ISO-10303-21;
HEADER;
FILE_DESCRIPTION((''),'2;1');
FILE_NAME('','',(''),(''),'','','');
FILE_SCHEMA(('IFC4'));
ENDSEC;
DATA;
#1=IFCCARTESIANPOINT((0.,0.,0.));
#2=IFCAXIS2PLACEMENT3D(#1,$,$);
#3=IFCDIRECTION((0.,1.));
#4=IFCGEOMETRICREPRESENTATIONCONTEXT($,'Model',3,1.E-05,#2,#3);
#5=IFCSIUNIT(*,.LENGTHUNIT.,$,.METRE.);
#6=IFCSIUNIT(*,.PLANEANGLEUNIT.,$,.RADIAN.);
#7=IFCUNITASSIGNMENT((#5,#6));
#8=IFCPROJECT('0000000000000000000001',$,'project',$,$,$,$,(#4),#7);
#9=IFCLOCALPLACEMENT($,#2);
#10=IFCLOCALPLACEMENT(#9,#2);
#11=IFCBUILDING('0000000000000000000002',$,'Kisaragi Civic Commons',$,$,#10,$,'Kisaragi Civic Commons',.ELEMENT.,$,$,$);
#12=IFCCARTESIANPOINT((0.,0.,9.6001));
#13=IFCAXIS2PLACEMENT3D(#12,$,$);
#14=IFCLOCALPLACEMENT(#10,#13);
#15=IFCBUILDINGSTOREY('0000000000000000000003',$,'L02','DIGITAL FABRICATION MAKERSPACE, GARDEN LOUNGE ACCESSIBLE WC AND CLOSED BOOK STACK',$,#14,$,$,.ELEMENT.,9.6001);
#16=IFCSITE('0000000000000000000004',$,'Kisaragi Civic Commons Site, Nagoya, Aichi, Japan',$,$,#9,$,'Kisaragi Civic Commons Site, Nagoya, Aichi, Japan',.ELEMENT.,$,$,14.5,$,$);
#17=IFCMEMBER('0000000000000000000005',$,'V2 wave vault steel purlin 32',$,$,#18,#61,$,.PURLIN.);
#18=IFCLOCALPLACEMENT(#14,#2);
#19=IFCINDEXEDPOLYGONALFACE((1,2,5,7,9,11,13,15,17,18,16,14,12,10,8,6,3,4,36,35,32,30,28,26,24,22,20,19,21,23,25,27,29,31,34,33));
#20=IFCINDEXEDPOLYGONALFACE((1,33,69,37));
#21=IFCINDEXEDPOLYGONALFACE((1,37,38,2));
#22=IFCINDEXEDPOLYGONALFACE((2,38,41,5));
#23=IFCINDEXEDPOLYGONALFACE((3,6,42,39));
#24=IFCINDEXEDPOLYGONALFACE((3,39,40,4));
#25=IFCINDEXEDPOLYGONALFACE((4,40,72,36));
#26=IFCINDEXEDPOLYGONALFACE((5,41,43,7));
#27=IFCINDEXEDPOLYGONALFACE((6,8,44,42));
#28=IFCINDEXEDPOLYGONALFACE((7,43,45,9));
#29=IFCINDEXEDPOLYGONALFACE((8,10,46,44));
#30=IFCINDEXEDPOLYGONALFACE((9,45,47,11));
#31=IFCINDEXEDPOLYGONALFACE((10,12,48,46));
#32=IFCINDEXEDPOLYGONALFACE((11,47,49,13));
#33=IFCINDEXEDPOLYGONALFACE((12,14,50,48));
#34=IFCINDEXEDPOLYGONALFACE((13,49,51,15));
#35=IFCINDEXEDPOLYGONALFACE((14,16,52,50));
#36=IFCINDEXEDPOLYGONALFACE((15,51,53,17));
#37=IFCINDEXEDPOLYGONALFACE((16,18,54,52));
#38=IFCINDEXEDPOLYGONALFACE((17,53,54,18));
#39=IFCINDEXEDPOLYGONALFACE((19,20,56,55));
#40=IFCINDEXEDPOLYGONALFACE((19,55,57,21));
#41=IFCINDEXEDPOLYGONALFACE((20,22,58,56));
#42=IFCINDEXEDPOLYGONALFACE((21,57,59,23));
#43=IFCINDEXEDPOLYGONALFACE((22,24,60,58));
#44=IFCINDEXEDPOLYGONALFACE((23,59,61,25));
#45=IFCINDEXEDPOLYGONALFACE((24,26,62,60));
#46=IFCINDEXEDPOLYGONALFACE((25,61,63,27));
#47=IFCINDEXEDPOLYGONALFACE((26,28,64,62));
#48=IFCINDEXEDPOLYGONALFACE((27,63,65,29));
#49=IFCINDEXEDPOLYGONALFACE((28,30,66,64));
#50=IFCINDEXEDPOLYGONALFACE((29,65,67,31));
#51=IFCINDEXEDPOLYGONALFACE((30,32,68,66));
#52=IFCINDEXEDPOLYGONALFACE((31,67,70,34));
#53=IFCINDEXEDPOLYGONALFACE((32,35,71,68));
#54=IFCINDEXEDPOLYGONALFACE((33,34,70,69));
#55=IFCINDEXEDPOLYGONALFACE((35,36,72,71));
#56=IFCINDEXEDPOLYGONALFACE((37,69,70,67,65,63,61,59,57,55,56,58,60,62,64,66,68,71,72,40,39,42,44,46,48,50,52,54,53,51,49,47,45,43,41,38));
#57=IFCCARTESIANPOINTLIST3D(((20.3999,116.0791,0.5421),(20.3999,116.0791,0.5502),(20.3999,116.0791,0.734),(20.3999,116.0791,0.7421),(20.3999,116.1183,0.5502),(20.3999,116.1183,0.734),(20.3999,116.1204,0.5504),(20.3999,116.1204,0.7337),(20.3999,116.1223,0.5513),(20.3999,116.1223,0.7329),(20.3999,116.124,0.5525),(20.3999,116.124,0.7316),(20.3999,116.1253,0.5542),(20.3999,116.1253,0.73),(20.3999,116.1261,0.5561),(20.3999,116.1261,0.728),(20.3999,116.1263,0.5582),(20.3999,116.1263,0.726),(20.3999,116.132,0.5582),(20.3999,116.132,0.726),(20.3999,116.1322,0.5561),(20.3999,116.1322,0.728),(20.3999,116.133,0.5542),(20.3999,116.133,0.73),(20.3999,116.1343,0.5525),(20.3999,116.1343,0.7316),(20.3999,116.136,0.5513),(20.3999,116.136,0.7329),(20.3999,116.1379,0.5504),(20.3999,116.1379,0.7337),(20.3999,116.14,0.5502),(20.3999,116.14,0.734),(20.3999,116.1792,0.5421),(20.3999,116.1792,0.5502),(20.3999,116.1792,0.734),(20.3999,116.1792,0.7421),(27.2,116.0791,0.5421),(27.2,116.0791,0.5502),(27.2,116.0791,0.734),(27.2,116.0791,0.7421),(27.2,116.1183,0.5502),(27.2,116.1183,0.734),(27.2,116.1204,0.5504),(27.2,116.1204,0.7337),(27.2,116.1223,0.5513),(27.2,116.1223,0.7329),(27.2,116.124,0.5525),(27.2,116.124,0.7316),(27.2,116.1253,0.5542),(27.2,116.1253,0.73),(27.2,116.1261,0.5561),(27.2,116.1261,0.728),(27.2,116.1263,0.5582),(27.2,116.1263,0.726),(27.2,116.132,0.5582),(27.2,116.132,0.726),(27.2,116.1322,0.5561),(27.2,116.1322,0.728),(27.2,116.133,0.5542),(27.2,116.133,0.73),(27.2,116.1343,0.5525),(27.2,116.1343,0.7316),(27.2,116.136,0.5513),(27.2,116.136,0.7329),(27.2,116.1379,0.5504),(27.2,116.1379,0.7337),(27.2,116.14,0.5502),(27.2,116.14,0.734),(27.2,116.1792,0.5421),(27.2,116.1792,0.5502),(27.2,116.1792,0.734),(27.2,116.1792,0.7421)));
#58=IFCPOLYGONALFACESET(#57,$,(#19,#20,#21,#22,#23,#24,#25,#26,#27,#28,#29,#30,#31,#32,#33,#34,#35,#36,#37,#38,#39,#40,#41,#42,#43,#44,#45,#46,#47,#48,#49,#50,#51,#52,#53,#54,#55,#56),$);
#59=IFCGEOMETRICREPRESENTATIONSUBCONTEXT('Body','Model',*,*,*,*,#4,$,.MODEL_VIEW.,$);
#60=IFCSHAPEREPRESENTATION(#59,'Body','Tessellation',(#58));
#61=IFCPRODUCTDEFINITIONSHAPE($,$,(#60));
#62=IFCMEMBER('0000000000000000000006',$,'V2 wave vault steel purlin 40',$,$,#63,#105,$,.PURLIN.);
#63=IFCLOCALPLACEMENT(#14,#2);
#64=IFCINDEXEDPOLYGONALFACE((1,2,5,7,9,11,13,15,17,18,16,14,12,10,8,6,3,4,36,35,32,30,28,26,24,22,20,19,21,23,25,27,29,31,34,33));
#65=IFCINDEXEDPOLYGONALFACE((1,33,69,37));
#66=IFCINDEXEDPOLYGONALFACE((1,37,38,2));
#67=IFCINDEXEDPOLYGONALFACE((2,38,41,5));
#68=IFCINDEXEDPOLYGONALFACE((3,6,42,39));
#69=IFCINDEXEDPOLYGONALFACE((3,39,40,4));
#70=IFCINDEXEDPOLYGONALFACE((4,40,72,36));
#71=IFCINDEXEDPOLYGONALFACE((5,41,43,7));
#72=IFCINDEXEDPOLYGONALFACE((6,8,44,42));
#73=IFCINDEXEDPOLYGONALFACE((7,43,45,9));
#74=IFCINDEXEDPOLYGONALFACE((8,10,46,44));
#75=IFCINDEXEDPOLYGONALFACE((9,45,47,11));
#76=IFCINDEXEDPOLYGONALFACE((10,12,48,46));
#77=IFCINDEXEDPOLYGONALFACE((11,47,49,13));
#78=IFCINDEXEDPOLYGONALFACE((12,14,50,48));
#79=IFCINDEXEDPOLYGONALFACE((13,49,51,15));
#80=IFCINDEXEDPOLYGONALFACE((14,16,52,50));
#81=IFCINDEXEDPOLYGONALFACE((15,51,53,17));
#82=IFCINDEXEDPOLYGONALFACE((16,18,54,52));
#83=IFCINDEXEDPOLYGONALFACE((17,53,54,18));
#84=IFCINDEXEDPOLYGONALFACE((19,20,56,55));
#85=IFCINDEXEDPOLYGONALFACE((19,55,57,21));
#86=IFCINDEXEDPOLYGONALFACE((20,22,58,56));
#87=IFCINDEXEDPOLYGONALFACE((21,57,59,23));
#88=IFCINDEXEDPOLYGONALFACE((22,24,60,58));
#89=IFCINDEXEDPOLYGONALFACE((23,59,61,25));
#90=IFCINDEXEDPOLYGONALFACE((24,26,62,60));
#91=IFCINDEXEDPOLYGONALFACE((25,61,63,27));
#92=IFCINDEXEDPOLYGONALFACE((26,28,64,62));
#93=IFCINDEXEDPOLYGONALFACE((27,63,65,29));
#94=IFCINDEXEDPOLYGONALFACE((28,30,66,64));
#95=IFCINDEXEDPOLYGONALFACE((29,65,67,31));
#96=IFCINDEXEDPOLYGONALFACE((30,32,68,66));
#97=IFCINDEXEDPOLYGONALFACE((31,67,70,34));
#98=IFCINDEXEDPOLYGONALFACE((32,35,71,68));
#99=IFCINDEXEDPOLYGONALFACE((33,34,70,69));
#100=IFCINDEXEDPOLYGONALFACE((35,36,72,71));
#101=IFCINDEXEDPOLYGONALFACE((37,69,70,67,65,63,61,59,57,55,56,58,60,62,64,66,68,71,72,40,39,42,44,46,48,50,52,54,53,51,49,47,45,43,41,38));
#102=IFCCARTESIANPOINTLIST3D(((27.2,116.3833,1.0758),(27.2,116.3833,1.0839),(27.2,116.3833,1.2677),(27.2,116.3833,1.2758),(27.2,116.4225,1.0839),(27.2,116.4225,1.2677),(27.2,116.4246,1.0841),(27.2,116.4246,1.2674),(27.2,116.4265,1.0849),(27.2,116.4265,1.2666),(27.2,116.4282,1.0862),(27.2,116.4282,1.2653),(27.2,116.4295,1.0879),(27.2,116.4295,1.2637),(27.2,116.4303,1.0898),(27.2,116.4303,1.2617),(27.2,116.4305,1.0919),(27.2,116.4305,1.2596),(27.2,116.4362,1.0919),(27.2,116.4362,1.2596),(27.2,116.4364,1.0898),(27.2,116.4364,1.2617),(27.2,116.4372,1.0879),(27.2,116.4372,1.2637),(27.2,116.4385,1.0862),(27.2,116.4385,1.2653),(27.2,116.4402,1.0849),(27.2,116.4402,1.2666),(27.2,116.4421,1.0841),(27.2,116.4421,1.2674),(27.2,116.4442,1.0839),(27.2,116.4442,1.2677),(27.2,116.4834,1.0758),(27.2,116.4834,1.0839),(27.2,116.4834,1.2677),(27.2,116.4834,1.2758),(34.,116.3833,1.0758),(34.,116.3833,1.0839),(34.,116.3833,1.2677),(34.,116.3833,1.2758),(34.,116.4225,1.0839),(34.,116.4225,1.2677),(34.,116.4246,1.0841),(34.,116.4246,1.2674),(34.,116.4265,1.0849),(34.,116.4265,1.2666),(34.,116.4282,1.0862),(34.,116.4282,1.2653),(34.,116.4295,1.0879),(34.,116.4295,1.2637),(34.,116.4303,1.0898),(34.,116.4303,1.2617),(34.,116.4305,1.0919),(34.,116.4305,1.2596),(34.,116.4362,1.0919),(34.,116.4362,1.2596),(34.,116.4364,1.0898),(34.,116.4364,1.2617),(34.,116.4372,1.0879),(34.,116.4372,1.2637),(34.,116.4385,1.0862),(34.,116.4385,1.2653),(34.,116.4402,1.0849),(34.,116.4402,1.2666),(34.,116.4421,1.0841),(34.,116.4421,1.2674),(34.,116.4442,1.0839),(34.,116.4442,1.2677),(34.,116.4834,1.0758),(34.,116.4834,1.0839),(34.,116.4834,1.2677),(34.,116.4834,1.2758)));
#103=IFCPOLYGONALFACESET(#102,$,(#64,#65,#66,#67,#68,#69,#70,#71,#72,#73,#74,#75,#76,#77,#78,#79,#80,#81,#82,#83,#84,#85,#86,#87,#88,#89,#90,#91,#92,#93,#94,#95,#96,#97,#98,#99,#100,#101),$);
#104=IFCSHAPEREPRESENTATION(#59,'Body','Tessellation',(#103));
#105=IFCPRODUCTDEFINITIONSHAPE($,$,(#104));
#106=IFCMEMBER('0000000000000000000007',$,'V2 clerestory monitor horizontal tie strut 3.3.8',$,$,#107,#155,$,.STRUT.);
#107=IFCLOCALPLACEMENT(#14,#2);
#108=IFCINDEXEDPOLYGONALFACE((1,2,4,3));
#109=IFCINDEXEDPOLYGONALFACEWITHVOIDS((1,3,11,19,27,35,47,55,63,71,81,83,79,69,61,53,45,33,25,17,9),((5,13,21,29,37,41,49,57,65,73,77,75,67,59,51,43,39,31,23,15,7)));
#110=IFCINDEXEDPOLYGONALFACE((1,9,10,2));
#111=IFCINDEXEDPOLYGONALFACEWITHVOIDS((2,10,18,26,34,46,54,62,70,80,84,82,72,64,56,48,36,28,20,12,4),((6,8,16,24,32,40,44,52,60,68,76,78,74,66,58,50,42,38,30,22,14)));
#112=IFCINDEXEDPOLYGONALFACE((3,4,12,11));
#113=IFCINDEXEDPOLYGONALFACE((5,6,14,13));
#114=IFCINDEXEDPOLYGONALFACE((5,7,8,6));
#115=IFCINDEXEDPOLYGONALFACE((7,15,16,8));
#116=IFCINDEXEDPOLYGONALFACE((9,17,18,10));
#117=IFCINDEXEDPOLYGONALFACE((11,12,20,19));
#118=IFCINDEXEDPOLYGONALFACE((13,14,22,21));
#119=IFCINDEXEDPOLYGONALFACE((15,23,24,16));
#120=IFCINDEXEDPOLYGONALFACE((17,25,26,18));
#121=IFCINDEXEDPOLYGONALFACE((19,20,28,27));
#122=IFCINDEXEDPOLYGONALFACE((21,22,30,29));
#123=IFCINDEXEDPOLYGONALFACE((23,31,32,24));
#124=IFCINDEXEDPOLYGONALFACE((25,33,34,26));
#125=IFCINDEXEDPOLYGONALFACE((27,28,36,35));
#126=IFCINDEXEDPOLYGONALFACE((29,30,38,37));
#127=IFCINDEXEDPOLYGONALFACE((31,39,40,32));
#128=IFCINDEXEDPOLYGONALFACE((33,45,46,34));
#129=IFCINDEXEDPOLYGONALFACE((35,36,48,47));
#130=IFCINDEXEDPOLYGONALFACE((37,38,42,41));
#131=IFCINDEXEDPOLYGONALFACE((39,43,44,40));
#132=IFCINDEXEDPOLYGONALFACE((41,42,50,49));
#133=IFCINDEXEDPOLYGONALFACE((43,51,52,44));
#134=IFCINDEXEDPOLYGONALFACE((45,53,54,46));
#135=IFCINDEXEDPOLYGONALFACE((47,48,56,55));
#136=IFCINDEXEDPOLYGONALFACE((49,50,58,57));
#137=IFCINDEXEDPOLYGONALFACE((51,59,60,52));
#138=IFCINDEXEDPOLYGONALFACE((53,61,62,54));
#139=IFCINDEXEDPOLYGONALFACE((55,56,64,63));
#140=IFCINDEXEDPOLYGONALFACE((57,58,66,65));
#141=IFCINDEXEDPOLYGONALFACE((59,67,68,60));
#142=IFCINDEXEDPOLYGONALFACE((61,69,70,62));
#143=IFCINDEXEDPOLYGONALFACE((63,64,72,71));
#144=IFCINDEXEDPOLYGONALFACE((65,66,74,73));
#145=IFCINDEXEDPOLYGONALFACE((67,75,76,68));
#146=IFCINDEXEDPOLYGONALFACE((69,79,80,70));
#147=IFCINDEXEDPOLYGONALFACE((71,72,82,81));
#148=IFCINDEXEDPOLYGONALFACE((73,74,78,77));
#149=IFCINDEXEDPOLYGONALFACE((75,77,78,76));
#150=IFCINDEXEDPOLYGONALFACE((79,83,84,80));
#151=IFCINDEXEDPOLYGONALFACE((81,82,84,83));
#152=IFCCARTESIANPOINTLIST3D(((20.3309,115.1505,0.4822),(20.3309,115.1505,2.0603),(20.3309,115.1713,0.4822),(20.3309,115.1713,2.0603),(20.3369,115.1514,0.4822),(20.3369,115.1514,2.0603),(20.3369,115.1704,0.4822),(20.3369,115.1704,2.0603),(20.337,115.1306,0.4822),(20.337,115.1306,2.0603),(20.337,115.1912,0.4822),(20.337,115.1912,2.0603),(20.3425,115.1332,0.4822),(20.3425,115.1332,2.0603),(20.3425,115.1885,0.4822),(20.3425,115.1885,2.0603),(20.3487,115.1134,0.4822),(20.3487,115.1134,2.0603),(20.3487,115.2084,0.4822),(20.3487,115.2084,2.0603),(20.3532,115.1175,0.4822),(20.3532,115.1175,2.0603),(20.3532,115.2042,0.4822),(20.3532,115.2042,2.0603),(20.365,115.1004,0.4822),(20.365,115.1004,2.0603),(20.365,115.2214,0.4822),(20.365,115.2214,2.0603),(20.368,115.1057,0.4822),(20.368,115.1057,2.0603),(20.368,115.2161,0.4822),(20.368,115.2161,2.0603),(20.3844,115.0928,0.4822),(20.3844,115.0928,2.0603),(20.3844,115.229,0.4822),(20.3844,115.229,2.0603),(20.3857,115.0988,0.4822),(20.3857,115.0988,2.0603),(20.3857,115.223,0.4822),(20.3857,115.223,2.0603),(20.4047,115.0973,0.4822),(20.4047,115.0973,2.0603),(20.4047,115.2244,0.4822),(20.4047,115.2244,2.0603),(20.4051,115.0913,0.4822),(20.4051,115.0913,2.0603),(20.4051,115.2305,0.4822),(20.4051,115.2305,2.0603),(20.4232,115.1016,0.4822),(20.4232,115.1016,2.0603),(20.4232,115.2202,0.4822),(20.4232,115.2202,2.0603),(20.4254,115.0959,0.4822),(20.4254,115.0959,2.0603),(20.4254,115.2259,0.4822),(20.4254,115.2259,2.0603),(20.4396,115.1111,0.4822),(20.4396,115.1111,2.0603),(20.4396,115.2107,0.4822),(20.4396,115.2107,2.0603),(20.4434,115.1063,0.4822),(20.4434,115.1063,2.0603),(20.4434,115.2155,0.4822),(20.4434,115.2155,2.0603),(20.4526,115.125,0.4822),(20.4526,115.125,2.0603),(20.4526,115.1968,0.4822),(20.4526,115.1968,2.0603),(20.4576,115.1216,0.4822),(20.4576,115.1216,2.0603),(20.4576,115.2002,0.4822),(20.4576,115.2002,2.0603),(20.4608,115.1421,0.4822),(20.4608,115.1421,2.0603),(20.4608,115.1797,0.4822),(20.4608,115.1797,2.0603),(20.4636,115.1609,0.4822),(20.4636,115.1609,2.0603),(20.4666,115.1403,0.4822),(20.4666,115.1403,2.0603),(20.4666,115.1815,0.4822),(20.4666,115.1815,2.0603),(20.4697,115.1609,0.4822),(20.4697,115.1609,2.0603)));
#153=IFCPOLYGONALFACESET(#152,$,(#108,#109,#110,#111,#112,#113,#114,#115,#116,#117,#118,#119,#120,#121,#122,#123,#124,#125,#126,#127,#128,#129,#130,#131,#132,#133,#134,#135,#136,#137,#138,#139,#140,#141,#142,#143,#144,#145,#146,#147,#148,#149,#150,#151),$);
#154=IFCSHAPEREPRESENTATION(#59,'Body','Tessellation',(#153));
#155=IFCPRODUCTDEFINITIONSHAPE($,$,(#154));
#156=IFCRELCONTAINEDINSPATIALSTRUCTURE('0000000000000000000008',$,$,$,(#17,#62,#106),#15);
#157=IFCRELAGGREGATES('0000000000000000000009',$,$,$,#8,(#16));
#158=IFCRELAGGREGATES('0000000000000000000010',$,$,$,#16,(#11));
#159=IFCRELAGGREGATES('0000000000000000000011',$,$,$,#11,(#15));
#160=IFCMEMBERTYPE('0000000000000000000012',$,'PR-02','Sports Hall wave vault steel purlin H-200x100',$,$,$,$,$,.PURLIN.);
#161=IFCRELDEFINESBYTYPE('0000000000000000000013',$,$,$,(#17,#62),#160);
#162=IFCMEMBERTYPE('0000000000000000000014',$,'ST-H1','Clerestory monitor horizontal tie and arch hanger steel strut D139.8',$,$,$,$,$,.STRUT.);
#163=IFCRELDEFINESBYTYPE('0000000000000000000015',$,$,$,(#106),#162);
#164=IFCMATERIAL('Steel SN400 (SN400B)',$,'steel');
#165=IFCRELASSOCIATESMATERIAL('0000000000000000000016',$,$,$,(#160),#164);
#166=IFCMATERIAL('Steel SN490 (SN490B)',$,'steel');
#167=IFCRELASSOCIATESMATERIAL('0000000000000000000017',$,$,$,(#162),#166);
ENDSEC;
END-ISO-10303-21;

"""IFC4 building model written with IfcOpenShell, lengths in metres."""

from ifc_helpers import new_model, si_unit, direction, frame, origin, origin_2d, place, context, subcontext, project, spatial, hollow_circle, i_section, extrude, material, material_profile, profile_set, type_object, element, save


model = new_model("IFC4")

# Units and contexts
model_context = context("Model", 3, precision=1e-05, world=origin(), true_north=direction((0.0, 1.0)))
body_context = subcontext(model_context, "Body", "Model", "MODEL_VIEW")
ifc_project = project(units=[si_unit("LENGTHUNIT", "METRE"), si_unit("PLANEANGLEUNIT", "RADIAN")], contexts=[model_context])

# Site, building, storey
site_placement = place(None, origin())
site = spatial("IfcSite", under=ifc_project, at=site_placement, Name="Kisaragi Civic Commons Site, Nagoya, Aichi, Japan", LongName="Kisaragi Civic Commons Site, Nagoya, Aichi, Japan", CompositionType="ELEMENT", RefElevation=14.5)
building_placement = place(site_placement, origin())
building = spatial("IfcBuilding", under=site, at=building_placement, Name="Kisaragi Civic Commons", LongName="Kisaragi Civic Commons", CompositionType="ELEMENT")
storey_placement = place(building_placement, frame((0.0, 0.0, 9.6001)))
storey = spatial("IfcBuildingStorey", under=building, at=storey_placement, Name="L02", Description="DIGITAL FABRICATION MAKERSPACE, GARDEN LOUNGE ACCESSIBLE WC AND CLOSED BOOK STACK", CompositionType="ELEMENT", Elevation=9.6001)

# Members
ifc_material_1 = material(Name="Steel SN400 (SN400B)", Category="steel")
ifc_material_profile_1 = material_profile(ifc_material_1, i_section(OverallWidth=0.1001, OverallDepth=0.2, WebThickness=0.0056, FlangeThickness=0.0081, FilletRadius=0.0081, at=origin_2d()), Name="H-200x100x5.5x8", Category="steel")
ifc_profile_set_1 = profile_set([ifc_material_profile_1], Name="Steel SN400 (SN400B)")
member_type_1 = type_object("IfcMemberType", Name="PR-02", Description="Sports Hall wave vault steel purlin H-200x100", PredefinedType="PURLIN", material=ifc_profile_set_1)
for number, where, z_axis, x_axis, name in (
    (1, (20.3999, 116.1292, 0.6421), (1.0, 0.0, 0.0), (0.0, 1.0, 0.0), "V2 wave vault steel purlin 32"),
    (2, (27.2, 116.4333, 1.1758), (1.0, 0.0, 0.0), (0.0, 1.0, 0.0), "V2 wave vault steel purlin 40"),
):
    element("IfcMember", number, at=place(storey_placement, frame(where, z_axis=z_axis, x_axis=x_axis)), inside=storey, type_object=member_type_1, Name=name, PredefinedType="PURLIN", context=body_context, shape_type="SweptSolid", body=[
        extrude(i_section(OverallWidth=0.1001, OverallDepth=0.2, WebThickness=0.0056, FlangeThickness=0.0081, FilletRadius=0.0081, at=origin_2d()), origin(), (0.0, 0.0, 1.0), 6.8),
    ])
ifc_material_2 = material(Name="Steel SN490 (SN490B)", Category="steel")
ifc_material_profile_2 = material_profile(ifc_material_2, hollow_circle(Radius=0.0698, WallThickness=0.0061, at=origin_2d()), Name="CHS-139.8x6.0", Category="steel")
ifc_profile_set_2 = profile_set([ifc_material_profile_2], Name="Steel SN490 (SN490B)")
member_type_2 = type_object("IfcMemberType", Name="ST-H1", Description="Clerestory monitor horizontal tie and arch hanger steel strut D139.8", PredefinedType="STRUT", material=ifc_profile_set_2)
member_1_placement = place(storey_placement, frame((20.3999, 115.1609, 0.4822), z_axis=(0.0, 0.0, 1.0), x_axis=(1.0, 0.0, 0.0)))
element("IfcMember", 3, at=member_1_placement, inside=storey, type_object=member_type_2, Name="V2 clerestory monitor horizontal tie strut 3.3.8", PredefinedType="STRUT", context=body_context, shape_type="SweptSolid", body=[
    extrude(hollow_circle(Radius=0.0698, WallThickness=0.0061, at=origin_2d()), origin(), (0.0, 0.0, 1.0), 1.5781),
])

save(model, "model.ifc")
